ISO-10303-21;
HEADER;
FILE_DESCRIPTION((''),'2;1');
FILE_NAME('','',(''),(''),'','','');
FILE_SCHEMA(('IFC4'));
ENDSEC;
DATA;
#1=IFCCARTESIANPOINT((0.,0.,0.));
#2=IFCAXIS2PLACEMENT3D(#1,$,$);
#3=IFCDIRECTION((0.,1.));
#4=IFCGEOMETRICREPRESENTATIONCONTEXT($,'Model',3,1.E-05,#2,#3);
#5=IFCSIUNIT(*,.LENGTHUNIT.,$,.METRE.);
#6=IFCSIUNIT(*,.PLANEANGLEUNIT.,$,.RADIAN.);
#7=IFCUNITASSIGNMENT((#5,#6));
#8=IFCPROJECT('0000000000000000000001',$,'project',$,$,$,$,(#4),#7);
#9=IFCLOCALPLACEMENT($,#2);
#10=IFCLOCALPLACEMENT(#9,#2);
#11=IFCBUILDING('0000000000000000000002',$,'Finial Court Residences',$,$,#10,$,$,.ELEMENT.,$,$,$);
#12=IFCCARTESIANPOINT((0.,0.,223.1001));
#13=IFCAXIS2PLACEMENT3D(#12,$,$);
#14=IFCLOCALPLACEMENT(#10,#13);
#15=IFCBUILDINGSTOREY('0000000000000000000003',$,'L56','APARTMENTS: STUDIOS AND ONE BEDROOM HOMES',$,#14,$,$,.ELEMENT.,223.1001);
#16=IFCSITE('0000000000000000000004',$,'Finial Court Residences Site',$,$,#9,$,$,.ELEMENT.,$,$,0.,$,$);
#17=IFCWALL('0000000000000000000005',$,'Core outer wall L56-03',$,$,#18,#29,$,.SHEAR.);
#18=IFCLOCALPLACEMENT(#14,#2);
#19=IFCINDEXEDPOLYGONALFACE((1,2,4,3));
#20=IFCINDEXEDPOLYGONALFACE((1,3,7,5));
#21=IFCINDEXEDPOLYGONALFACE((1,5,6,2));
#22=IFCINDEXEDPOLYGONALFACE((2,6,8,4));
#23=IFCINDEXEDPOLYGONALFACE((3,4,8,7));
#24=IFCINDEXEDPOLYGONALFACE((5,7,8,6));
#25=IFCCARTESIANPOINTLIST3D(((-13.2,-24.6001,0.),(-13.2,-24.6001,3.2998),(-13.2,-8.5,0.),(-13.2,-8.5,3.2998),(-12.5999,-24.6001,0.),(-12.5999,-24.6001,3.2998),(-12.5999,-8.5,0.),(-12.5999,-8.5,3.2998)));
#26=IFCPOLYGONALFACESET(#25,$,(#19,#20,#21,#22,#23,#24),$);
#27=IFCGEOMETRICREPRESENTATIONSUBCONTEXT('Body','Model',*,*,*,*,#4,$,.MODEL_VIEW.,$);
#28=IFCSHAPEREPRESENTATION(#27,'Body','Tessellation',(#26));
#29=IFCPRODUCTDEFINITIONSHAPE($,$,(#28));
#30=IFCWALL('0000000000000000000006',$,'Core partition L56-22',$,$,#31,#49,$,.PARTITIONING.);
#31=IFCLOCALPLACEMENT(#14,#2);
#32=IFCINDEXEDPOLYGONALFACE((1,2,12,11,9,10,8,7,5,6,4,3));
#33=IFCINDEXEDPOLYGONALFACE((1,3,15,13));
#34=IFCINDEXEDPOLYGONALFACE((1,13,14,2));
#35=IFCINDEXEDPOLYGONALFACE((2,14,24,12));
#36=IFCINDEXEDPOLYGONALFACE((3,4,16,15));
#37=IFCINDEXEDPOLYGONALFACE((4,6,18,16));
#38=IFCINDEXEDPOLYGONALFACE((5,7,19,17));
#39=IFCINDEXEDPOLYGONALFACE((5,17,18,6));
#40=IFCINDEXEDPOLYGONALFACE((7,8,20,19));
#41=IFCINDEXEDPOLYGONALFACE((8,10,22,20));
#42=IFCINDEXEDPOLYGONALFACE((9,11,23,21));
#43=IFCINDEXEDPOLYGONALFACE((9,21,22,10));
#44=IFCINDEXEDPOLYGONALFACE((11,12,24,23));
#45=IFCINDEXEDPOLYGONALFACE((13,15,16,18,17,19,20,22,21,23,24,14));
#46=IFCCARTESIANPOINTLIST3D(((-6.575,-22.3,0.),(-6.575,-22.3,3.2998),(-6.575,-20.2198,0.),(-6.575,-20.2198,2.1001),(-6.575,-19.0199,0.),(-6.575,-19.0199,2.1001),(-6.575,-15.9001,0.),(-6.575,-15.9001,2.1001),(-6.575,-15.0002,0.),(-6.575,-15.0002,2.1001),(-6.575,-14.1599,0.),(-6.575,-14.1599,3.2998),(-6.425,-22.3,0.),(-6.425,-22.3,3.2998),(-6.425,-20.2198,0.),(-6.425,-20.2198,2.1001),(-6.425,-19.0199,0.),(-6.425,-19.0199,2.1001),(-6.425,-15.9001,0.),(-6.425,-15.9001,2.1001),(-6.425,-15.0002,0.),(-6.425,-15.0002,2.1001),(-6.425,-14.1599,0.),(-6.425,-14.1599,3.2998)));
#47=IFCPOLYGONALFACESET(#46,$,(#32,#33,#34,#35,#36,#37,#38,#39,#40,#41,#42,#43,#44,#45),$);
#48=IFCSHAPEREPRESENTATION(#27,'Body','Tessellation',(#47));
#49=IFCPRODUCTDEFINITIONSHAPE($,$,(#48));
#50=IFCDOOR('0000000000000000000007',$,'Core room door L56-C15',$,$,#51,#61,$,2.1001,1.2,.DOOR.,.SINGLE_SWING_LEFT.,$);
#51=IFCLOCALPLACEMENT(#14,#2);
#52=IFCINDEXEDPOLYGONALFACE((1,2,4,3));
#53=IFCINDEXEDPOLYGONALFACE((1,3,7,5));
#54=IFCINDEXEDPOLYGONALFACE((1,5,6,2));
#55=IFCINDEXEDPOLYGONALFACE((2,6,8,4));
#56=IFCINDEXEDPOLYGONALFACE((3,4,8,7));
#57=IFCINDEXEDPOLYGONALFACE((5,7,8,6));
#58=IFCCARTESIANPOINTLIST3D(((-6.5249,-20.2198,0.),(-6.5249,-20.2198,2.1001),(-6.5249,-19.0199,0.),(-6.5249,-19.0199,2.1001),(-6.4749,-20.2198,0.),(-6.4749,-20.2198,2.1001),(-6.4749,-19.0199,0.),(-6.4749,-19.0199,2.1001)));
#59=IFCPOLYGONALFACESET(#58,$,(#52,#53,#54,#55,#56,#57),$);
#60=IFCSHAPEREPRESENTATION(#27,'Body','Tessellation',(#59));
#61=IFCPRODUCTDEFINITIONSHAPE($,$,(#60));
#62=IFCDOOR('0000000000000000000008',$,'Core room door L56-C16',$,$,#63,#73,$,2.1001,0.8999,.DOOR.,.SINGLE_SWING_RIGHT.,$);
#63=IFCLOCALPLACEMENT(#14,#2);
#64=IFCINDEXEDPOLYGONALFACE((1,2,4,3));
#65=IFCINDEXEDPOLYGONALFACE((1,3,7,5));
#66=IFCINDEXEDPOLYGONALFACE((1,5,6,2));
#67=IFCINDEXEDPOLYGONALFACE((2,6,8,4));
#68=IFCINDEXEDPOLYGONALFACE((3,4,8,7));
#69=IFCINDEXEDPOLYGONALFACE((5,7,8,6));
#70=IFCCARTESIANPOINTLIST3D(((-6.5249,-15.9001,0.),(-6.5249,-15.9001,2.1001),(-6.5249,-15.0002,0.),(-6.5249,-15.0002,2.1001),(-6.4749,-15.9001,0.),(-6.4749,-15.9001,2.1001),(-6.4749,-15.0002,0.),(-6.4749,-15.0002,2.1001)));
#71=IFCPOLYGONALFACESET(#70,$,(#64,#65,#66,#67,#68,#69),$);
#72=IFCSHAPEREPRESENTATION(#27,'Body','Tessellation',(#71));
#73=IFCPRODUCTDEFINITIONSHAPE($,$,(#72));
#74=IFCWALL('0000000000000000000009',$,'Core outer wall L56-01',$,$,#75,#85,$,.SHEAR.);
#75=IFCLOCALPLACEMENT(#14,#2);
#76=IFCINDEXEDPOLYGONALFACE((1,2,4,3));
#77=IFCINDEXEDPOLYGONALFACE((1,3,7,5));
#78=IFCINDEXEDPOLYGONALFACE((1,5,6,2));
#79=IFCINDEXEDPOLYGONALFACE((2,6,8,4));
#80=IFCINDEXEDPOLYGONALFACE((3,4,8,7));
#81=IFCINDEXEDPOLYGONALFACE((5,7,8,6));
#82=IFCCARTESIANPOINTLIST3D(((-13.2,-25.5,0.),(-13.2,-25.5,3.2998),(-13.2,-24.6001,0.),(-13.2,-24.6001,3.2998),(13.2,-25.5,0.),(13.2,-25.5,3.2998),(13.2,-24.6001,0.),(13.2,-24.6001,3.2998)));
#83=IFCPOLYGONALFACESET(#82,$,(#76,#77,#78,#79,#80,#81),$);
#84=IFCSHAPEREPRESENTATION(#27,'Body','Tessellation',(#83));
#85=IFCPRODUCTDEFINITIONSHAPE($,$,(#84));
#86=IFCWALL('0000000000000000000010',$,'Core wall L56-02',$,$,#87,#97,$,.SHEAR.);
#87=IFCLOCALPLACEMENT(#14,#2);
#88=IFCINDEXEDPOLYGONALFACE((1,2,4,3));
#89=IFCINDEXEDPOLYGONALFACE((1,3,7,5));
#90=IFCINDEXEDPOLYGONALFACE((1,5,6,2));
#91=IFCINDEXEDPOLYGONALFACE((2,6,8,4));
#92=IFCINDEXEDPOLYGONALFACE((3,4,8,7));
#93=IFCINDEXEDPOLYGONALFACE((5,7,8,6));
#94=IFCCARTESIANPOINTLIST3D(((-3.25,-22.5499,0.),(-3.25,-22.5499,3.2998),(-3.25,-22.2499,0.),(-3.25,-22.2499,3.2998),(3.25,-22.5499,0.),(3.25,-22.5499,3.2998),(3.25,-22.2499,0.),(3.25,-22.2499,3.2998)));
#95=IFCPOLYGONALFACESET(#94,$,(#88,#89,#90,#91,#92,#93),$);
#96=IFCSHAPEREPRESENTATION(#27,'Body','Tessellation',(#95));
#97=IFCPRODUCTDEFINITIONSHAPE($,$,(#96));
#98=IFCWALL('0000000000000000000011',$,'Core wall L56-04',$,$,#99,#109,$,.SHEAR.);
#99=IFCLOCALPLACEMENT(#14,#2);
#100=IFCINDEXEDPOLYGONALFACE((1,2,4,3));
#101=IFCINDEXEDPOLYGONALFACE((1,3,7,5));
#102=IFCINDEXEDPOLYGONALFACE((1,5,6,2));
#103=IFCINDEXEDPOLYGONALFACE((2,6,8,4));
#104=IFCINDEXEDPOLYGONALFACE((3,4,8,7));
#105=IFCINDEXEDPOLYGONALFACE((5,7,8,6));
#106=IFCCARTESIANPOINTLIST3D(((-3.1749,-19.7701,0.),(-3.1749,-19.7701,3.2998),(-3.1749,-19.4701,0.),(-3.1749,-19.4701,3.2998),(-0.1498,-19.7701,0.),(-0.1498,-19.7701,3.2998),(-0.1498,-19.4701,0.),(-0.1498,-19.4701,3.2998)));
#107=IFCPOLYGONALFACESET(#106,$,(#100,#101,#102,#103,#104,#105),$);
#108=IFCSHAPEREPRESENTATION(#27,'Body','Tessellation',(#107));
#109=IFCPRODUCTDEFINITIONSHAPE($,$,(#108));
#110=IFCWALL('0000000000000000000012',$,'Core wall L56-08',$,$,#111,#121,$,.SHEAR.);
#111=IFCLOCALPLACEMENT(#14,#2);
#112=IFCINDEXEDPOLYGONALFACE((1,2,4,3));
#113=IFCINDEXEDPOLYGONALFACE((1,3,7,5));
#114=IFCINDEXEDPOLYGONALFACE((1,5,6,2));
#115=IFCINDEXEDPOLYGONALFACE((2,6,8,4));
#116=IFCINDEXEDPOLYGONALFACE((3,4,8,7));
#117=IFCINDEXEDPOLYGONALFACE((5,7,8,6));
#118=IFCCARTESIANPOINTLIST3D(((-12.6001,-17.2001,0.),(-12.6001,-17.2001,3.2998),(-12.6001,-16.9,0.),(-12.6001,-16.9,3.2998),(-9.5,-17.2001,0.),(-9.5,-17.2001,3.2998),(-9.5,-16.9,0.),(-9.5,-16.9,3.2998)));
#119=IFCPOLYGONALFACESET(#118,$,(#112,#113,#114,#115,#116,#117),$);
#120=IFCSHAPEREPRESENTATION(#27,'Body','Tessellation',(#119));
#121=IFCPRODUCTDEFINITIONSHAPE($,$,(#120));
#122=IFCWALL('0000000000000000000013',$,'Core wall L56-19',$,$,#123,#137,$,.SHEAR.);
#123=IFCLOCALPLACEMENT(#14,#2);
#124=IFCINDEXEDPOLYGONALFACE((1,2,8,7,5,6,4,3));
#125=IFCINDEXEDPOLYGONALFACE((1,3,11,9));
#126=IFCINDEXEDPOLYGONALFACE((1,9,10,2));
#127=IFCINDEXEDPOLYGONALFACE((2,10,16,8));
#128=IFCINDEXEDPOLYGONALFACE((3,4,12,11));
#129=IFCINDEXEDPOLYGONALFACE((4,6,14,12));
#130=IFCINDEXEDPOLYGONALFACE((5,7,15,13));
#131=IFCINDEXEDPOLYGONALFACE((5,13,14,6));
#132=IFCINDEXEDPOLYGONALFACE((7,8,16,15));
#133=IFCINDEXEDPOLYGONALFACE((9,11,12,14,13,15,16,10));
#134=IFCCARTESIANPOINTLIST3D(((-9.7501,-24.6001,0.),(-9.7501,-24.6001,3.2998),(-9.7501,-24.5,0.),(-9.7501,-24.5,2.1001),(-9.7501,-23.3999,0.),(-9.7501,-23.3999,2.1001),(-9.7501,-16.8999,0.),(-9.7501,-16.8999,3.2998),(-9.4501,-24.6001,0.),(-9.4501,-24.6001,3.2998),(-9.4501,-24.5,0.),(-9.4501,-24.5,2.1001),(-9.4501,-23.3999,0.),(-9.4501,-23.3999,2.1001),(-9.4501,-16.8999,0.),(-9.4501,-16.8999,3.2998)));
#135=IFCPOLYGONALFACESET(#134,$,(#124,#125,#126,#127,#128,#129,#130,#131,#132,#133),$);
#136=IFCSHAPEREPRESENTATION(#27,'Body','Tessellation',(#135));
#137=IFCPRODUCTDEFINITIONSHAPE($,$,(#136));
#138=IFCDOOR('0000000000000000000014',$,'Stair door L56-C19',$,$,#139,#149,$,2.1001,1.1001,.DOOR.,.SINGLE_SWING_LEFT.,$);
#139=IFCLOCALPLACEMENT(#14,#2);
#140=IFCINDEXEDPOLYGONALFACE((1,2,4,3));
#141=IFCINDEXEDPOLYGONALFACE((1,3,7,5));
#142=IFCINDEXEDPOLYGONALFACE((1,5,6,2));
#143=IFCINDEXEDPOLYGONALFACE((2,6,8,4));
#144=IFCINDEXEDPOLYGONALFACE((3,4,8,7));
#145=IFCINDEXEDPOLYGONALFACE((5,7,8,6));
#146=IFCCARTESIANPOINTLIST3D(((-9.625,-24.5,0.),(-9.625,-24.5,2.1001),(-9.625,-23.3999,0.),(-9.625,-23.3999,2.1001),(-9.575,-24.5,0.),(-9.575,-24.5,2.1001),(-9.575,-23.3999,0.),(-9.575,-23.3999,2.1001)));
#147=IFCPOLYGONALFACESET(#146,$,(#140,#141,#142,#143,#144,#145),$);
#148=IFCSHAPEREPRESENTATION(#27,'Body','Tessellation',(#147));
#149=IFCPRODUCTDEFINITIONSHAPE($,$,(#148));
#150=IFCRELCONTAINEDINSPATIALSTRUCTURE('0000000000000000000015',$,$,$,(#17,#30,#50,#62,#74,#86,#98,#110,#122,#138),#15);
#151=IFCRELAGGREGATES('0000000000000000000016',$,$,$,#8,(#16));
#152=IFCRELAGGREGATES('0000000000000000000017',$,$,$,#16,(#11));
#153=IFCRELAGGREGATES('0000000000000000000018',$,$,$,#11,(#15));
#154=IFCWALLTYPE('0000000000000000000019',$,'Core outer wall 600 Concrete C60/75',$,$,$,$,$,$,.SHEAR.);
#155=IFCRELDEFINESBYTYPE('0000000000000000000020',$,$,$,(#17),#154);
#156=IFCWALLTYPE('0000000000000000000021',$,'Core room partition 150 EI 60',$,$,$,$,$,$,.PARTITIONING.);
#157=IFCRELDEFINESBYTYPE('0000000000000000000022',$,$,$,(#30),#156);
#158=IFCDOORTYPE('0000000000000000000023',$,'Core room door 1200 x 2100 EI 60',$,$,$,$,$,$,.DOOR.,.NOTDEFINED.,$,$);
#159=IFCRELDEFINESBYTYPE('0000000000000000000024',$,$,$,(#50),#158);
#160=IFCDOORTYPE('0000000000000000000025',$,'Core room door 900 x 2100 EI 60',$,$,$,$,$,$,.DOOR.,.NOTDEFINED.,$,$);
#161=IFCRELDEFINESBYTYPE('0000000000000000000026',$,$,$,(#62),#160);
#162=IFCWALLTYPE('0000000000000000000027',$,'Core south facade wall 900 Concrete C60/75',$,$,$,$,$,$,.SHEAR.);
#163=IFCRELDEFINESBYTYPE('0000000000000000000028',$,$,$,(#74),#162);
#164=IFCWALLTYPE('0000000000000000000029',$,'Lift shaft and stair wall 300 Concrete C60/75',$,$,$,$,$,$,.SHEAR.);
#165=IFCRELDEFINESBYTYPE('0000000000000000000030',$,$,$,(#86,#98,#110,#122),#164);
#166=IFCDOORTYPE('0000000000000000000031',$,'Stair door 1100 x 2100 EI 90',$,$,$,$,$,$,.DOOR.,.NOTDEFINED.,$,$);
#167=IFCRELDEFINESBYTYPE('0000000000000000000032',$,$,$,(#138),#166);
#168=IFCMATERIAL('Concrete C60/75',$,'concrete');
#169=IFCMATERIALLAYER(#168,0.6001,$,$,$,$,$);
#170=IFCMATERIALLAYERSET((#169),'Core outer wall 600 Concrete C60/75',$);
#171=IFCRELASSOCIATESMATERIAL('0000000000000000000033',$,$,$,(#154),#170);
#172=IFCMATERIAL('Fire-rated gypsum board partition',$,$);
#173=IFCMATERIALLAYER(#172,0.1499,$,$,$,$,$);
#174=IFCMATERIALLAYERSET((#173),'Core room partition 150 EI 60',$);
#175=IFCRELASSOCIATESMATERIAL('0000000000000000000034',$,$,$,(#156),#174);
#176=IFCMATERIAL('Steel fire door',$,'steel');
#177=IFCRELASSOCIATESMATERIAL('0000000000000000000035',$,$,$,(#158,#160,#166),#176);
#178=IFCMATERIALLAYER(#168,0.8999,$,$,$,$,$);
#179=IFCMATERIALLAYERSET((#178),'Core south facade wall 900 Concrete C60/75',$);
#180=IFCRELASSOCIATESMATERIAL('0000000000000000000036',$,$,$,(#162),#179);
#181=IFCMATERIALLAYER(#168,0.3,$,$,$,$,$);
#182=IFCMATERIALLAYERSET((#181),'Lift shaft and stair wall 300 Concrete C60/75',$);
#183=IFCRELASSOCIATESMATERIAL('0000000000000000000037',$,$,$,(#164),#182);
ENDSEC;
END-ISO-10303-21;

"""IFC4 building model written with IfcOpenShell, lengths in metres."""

from ifc_helpers import new_model, si_unit, direction, frame, frame_2d, origin, place, context, subcontext, project, spatial, rectangle, extrude, material, layer, layer_set, type_object, element, fill, save


model = new_model("IFC4")

# Units and contexts
model_context = context("Model", 3, precision=1e-05, world=origin(), true_north=direction((0.0, 1.0)))
body_context = subcontext(model_context, "Body", "Model", "MODEL_VIEW")
ifc_project = project(units=[si_unit("LENGTHUNIT", "METRE"), si_unit("PLANEANGLEUNIT", "RADIAN")], contexts=[model_context])

# Site, building, storey
site_placement = place(None, origin())
site = spatial("IfcSite", under=ifc_project, at=site_placement, Name="Finial Court Residences Site", CompositionType="ELEMENT", RefElevation=0.0)
building_placement = place(site_placement, origin())
building = spatial("IfcBuilding", under=site, at=building_placement, Name="Finial Court Residences", CompositionType="ELEMENT")
storey_placement = place(building_placement, frame((0.0, 0.0, 223.1001)))
storey = spatial("IfcBuildingStorey", under=building, at=storey_placement, Name="L56", Description="APARTMENTS: STUDIOS AND ONE BEDROOM HOMES", CompositionType="ELEMENT", Elevation=223.1001)

# Wall
ifc_material_1 = material(Name="Concrete C60/75", Category="concrete")
ifc_layer_1 = layer(ifc_material_1, 0.6001)
ifc_layer_set_1 = layer_set([ifc_layer_1], Name="Core outer wall 600 Concrete C60/75")
wall_type_1 = type_object("IfcWallType", Name="Core outer wall 600 Concrete C60/75", PredefinedType="SHEAR", material=ifc_layer_set_1)
wall_1_placement = place(storey_placement, frame((-12.8999, -24.6001, 0.0), z_axis=(0.0, 0.0, 1.0), x_axis=(0.0, 1.0, 0.0)))
element("IfcWall", 1, at=wall_1_placement, inside=storey, type_object=wall_type_1, Name="Core outer wall L56-03", PredefinedType="SHEAR", context=body_context, shape_type="SweptSolid", body=[
    extrude(rectangle(XDim=16.1001, YDim=0.6001, at=frame_2d((8.05, 0.0))), origin(), (0.0, 0.0, 1.0), 3.2998),
])

# Wall, openings, doors
ifc_material_2 = material(Name="Fire-rated gypsum board partition")
ifc_layer_2 = layer(ifc_material_2, 0.1499)
ifc_layer_set_2 = layer_set([ifc_layer_2], Name="Core room partition 150 EI 60")
wall_type_2 = type_object("IfcWallType", Name="Core room partition 150 EI 60", PredefinedType="PARTITIONING", material=ifc_layer_set_2)
wall_2_placement = place(storey_placement, frame((-6.5, -22.3, 0.0), z_axis=(0.0, 0.0, 1.0), x_axis=(0.0, 1.0, 0.0)))
wall_2 = element("IfcWall", 2, at=wall_2_placement, inside=storey, type_object=wall_type_2, Name="Core partition L56-22", PredefinedType="PARTITIONING", context=body_context, shape_type="SweptSolid", body=[
    extrude(rectangle(XDim=8.1401, YDim=0.1499, at=frame_2d((4.0701, 0.0))), origin(), (0.0, 0.0, 1.0), 3.2998),
])
opening_1_placement = place(wall_2_placement, frame((2.0801, 0.0, 0.0)))
opening_1 = element("IfcOpeningElement", 3, at=opening_1_placement, cuts=wall_2, PredefinedType="OPENING", context=body_context, shape_type="SweptSolid", body=[
    extrude(rectangle(XDim=1.2, YDim=2.1001, at=frame_2d((0.6001, 1.05))), frame((0.0, 0.085, 0.0), z_axis=(0.0, -1.0, 0.0), x_axis=(1.0, 0.0, 0.0)), (0.0, 0.0, 1.0), 0.1699),
])
opening_2_placement = place(wall_2_placement, frame((6.3999, 0.0, 0.0)))
opening_2 = element("IfcOpeningElement", 4, at=opening_2_placement, cuts=wall_2, PredefinedType="OPENING", context=body_context, shape_type="SweptSolid", body=[
    extrude(rectangle(XDim=0.8999, YDim=2.1001, at=frame_2d((0.45, 1.05))), frame((0.0, 0.085, 0.0), z_axis=(0.0, -1.0, 0.0), x_axis=(1.0, 0.0, 0.0)), (0.0, 0.0, 1.0), 0.1699),
])
ifc_material_3 = material(Name="Steel fire door", Category="steel")
door_type_1 = type_object("IfcDoorType", Name="Core room door 1200 x 2100 EI 60", OperationType="NOTDEFINED", PredefinedType="DOOR", material=ifc_material_3)
door_1_placement = place(opening_1_placement, origin())
door_1 = element("IfcDoor", 5, at=door_1_placement, inside=storey, type_object=door_type_1, Name="Core room door L56-C15", OperationType="SINGLE_SWING_LEFT", OverallHeight=2.1001, OverallWidth=1.2, PredefinedType="DOOR", context=body_context, shape_type="SweptSolid", body=[
    extrude(rectangle(XDim=1.2, YDim=2.1001, at=frame_2d((0.6001, 1.05))), frame((0.0, 0.0249, 0.0), z_axis=(0.0, -1.0, 0.0), x_axis=(1.0, 0.0, 0.0)), (0.0, 0.0, 1.0), 0.05),
])
fill(opening_1, door_1)
door_type_2 = type_object("IfcDoorType", Name="Core room door 900 x 2100 EI 60", OperationType="NOTDEFINED", PredefinedType="DOOR", material=ifc_material_3)
door_2_placement = place(opening_2_placement, origin())
door_2 = element("IfcDoor", 6, at=door_2_placement, inside=storey, type_object=door_type_2, Name="Core room door L56-C16", OperationType="SINGLE_SWING_RIGHT", OverallHeight=2.1001, OverallWidth=0.8999, PredefinedType="DOOR", context=body_context, shape_type="SweptSolid", body=[
    extrude(rectangle(XDim=0.8999, YDim=2.1001, at=frame_2d((0.45, 1.05))), frame((0.0, 0.0249, 0.0), z_axis=(0.0, -1.0, 0.0), x_axis=(1.0, 0.0, 0.0)), (0.0, 0.0, 1.0), 0.05),
])
fill(opening_2, door_2)

# Walls
ifc_layer_3 = layer(ifc_material_1, 0.8999)
ifc_layer_set_3 = layer_set([ifc_layer_3], Name="Core south facade wall 900 Concrete C60/75")
wall_type_3 = type_object("IfcWallType", Name="Core south facade wall 900 Concrete C60/75", PredefinedType="SHEAR", material=ifc_layer_set_3)
wall_3_placement = place(storey_placement, frame((-13.2, -25.05, 0.0), z_axis=(0.0, 0.0, 1.0), x_axis=(1.0, 0.0, 0.0)))
element("IfcWall", 7, at=wall_3_placement, inside=storey, type_object=wall_type_3, Name="Core outer wall L56-01", PredefinedType="SHEAR", context=body_context, shape_type="SweptSolid", body=[
    extrude(rectangle(XDim=26.3999, YDim=0.8999, at=frame_2d((13.2, 0.0))), origin(), (0.0, 0.0, 1.0), 3.2998),
])
ifc_layer_4 = layer(ifc_material_1, 0.3)
ifc_layer_set_4 = layer_set([ifc_layer_4], Name="Lift shaft and stair wall 300 Concrete C60/75")
wall_type_4 = type_object("IfcWallType", Name="Lift shaft and stair wall 300 Concrete C60/75", PredefinedType="SHEAR", material=ifc_layer_set_4)
wall_4_placement = place(storey_placement, frame((-3.25, -22.3999, 0.0), z_axis=(0.0, 0.0, 1.0), x_axis=(1.0, 0.0, 0.0)))
element("IfcWall", 8, at=wall_4_placement, inside=storey, type_object=wall_type_4, Name="Core wall L56-02", PredefinedType="SHEAR", context=body_context, shape_type="SweptSolid", body=[
    extrude(rectangle(XDim=6.5, YDim=0.3, at=frame_2d((3.25, 0.0))), origin(), (0.0, 0.0, 1.0), 3.2998),
])
wall_5_placement = place(storey_placement, frame((-3.175, -19.6201, 0.0), z_axis=(0.0, 0.0, 1.0), x_axis=(1.0, 0.0, 0.0)))
element("IfcWall", 9, at=wall_5_placement, inside=storey, type_object=wall_type_4, Name="Core wall L56-04", PredefinedType="SHEAR", context=body_context, shape_type="SweptSolid", body=[
    extrude(rectangle(XDim=3.0251, YDim=0.3, at=frame_2d((1.5127, 0.0))), origin(), (0.0, 0.0, 1.0), 3.2998),
])
wall_6_placement = place(storey_placement, frame((-12.6001, -17.05, 0.0), z_axis=(0.0, 0.0, 1.0), x_axis=(1.0, 0.0, 0.0)))
element("IfcWall", 10, at=wall_6_placement, inside=storey, type_object=wall_type_4, Name="Core wall L56-08", PredefinedType="SHEAR", context=body_context, shape_type="SweptSolid", body=[
    extrude(rectangle(XDim=3.1001, YDim=0.3, at=frame_2d((1.55, 0.0))), origin(), (0.0, 0.0, 1.0), 3.2998),
])

# Wall, opening, door
wall_7_placement = place(storey_placement, frame((-9.6001, -24.6001, 0.0), z_axis=(0.0, 0.0, 1.0), x_axis=(0.0, 1.0, 0.0)))
wall_7 = element("IfcWall", 11, at=wall_7_placement, inside=storey, type_object=wall_type_4, Name="Core wall L56-19", PredefinedType="SHEAR", context=body_context, shape_type="SweptSolid", body=[
    extrude(rectangle(XDim=7.7002, YDim=0.3, at=frame_2d((3.8501, 0.0))), origin(), (0.0, 0.0, 1.0), 3.2998),
])
opening_3_placement = place(wall_7_placement, frame((0.1001, 0.0, 0.0)))
opening_3 = element("IfcOpeningElement", 12, at=opening_3_placement, cuts=wall_7, PredefinedType="OPENING", context=body_context, shape_type="SweptSolid", body=[
    extrude(rectangle(XDim=1.1001, YDim=2.1001, at=frame_2d((0.55, 1.05))), frame((0.0, 0.1599, 0.0), z_axis=(0.0, -1.0, 0.0), x_axis=(1.0, 0.0, 0.0)), (0.0, 0.0, 1.0), 0.3201),
])
door_type_3 = type_object("IfcDoorType", Name="Stair door 1100 x 2100 EI 90", OperationType="NOTDEFINED", PredefinedType="DOOR", material=ifc_material_3)
door_3_placement = place(opening_3_placement, origin())
door_3 = element("IfcDoor", 13, at=door_3_placement, inside=storey, type_object=door_type_3, Name="Stair door L56-C19", OperationType="SINGLE_SWING_LEFT", OverallHeight=2.1001, OverallWidth=1.1001, PredefinedType="DOOR", context=body_context, shape_type="SweptSolid", body=[
    extrude(rectangle(XDim=1.1001, YDim=2.1001, at=frame_2d((0.55, 1.05))), frame((0.0, 0.0249, 0.0), z_axis=(0.0, -1.0, 0.0), x_axis=(1.0, 0.0, 0.0)), (0.0, 0.0, 1.0), 0.05),
])
fill(opening_3, door_3)

save(model, "model.ifc")
